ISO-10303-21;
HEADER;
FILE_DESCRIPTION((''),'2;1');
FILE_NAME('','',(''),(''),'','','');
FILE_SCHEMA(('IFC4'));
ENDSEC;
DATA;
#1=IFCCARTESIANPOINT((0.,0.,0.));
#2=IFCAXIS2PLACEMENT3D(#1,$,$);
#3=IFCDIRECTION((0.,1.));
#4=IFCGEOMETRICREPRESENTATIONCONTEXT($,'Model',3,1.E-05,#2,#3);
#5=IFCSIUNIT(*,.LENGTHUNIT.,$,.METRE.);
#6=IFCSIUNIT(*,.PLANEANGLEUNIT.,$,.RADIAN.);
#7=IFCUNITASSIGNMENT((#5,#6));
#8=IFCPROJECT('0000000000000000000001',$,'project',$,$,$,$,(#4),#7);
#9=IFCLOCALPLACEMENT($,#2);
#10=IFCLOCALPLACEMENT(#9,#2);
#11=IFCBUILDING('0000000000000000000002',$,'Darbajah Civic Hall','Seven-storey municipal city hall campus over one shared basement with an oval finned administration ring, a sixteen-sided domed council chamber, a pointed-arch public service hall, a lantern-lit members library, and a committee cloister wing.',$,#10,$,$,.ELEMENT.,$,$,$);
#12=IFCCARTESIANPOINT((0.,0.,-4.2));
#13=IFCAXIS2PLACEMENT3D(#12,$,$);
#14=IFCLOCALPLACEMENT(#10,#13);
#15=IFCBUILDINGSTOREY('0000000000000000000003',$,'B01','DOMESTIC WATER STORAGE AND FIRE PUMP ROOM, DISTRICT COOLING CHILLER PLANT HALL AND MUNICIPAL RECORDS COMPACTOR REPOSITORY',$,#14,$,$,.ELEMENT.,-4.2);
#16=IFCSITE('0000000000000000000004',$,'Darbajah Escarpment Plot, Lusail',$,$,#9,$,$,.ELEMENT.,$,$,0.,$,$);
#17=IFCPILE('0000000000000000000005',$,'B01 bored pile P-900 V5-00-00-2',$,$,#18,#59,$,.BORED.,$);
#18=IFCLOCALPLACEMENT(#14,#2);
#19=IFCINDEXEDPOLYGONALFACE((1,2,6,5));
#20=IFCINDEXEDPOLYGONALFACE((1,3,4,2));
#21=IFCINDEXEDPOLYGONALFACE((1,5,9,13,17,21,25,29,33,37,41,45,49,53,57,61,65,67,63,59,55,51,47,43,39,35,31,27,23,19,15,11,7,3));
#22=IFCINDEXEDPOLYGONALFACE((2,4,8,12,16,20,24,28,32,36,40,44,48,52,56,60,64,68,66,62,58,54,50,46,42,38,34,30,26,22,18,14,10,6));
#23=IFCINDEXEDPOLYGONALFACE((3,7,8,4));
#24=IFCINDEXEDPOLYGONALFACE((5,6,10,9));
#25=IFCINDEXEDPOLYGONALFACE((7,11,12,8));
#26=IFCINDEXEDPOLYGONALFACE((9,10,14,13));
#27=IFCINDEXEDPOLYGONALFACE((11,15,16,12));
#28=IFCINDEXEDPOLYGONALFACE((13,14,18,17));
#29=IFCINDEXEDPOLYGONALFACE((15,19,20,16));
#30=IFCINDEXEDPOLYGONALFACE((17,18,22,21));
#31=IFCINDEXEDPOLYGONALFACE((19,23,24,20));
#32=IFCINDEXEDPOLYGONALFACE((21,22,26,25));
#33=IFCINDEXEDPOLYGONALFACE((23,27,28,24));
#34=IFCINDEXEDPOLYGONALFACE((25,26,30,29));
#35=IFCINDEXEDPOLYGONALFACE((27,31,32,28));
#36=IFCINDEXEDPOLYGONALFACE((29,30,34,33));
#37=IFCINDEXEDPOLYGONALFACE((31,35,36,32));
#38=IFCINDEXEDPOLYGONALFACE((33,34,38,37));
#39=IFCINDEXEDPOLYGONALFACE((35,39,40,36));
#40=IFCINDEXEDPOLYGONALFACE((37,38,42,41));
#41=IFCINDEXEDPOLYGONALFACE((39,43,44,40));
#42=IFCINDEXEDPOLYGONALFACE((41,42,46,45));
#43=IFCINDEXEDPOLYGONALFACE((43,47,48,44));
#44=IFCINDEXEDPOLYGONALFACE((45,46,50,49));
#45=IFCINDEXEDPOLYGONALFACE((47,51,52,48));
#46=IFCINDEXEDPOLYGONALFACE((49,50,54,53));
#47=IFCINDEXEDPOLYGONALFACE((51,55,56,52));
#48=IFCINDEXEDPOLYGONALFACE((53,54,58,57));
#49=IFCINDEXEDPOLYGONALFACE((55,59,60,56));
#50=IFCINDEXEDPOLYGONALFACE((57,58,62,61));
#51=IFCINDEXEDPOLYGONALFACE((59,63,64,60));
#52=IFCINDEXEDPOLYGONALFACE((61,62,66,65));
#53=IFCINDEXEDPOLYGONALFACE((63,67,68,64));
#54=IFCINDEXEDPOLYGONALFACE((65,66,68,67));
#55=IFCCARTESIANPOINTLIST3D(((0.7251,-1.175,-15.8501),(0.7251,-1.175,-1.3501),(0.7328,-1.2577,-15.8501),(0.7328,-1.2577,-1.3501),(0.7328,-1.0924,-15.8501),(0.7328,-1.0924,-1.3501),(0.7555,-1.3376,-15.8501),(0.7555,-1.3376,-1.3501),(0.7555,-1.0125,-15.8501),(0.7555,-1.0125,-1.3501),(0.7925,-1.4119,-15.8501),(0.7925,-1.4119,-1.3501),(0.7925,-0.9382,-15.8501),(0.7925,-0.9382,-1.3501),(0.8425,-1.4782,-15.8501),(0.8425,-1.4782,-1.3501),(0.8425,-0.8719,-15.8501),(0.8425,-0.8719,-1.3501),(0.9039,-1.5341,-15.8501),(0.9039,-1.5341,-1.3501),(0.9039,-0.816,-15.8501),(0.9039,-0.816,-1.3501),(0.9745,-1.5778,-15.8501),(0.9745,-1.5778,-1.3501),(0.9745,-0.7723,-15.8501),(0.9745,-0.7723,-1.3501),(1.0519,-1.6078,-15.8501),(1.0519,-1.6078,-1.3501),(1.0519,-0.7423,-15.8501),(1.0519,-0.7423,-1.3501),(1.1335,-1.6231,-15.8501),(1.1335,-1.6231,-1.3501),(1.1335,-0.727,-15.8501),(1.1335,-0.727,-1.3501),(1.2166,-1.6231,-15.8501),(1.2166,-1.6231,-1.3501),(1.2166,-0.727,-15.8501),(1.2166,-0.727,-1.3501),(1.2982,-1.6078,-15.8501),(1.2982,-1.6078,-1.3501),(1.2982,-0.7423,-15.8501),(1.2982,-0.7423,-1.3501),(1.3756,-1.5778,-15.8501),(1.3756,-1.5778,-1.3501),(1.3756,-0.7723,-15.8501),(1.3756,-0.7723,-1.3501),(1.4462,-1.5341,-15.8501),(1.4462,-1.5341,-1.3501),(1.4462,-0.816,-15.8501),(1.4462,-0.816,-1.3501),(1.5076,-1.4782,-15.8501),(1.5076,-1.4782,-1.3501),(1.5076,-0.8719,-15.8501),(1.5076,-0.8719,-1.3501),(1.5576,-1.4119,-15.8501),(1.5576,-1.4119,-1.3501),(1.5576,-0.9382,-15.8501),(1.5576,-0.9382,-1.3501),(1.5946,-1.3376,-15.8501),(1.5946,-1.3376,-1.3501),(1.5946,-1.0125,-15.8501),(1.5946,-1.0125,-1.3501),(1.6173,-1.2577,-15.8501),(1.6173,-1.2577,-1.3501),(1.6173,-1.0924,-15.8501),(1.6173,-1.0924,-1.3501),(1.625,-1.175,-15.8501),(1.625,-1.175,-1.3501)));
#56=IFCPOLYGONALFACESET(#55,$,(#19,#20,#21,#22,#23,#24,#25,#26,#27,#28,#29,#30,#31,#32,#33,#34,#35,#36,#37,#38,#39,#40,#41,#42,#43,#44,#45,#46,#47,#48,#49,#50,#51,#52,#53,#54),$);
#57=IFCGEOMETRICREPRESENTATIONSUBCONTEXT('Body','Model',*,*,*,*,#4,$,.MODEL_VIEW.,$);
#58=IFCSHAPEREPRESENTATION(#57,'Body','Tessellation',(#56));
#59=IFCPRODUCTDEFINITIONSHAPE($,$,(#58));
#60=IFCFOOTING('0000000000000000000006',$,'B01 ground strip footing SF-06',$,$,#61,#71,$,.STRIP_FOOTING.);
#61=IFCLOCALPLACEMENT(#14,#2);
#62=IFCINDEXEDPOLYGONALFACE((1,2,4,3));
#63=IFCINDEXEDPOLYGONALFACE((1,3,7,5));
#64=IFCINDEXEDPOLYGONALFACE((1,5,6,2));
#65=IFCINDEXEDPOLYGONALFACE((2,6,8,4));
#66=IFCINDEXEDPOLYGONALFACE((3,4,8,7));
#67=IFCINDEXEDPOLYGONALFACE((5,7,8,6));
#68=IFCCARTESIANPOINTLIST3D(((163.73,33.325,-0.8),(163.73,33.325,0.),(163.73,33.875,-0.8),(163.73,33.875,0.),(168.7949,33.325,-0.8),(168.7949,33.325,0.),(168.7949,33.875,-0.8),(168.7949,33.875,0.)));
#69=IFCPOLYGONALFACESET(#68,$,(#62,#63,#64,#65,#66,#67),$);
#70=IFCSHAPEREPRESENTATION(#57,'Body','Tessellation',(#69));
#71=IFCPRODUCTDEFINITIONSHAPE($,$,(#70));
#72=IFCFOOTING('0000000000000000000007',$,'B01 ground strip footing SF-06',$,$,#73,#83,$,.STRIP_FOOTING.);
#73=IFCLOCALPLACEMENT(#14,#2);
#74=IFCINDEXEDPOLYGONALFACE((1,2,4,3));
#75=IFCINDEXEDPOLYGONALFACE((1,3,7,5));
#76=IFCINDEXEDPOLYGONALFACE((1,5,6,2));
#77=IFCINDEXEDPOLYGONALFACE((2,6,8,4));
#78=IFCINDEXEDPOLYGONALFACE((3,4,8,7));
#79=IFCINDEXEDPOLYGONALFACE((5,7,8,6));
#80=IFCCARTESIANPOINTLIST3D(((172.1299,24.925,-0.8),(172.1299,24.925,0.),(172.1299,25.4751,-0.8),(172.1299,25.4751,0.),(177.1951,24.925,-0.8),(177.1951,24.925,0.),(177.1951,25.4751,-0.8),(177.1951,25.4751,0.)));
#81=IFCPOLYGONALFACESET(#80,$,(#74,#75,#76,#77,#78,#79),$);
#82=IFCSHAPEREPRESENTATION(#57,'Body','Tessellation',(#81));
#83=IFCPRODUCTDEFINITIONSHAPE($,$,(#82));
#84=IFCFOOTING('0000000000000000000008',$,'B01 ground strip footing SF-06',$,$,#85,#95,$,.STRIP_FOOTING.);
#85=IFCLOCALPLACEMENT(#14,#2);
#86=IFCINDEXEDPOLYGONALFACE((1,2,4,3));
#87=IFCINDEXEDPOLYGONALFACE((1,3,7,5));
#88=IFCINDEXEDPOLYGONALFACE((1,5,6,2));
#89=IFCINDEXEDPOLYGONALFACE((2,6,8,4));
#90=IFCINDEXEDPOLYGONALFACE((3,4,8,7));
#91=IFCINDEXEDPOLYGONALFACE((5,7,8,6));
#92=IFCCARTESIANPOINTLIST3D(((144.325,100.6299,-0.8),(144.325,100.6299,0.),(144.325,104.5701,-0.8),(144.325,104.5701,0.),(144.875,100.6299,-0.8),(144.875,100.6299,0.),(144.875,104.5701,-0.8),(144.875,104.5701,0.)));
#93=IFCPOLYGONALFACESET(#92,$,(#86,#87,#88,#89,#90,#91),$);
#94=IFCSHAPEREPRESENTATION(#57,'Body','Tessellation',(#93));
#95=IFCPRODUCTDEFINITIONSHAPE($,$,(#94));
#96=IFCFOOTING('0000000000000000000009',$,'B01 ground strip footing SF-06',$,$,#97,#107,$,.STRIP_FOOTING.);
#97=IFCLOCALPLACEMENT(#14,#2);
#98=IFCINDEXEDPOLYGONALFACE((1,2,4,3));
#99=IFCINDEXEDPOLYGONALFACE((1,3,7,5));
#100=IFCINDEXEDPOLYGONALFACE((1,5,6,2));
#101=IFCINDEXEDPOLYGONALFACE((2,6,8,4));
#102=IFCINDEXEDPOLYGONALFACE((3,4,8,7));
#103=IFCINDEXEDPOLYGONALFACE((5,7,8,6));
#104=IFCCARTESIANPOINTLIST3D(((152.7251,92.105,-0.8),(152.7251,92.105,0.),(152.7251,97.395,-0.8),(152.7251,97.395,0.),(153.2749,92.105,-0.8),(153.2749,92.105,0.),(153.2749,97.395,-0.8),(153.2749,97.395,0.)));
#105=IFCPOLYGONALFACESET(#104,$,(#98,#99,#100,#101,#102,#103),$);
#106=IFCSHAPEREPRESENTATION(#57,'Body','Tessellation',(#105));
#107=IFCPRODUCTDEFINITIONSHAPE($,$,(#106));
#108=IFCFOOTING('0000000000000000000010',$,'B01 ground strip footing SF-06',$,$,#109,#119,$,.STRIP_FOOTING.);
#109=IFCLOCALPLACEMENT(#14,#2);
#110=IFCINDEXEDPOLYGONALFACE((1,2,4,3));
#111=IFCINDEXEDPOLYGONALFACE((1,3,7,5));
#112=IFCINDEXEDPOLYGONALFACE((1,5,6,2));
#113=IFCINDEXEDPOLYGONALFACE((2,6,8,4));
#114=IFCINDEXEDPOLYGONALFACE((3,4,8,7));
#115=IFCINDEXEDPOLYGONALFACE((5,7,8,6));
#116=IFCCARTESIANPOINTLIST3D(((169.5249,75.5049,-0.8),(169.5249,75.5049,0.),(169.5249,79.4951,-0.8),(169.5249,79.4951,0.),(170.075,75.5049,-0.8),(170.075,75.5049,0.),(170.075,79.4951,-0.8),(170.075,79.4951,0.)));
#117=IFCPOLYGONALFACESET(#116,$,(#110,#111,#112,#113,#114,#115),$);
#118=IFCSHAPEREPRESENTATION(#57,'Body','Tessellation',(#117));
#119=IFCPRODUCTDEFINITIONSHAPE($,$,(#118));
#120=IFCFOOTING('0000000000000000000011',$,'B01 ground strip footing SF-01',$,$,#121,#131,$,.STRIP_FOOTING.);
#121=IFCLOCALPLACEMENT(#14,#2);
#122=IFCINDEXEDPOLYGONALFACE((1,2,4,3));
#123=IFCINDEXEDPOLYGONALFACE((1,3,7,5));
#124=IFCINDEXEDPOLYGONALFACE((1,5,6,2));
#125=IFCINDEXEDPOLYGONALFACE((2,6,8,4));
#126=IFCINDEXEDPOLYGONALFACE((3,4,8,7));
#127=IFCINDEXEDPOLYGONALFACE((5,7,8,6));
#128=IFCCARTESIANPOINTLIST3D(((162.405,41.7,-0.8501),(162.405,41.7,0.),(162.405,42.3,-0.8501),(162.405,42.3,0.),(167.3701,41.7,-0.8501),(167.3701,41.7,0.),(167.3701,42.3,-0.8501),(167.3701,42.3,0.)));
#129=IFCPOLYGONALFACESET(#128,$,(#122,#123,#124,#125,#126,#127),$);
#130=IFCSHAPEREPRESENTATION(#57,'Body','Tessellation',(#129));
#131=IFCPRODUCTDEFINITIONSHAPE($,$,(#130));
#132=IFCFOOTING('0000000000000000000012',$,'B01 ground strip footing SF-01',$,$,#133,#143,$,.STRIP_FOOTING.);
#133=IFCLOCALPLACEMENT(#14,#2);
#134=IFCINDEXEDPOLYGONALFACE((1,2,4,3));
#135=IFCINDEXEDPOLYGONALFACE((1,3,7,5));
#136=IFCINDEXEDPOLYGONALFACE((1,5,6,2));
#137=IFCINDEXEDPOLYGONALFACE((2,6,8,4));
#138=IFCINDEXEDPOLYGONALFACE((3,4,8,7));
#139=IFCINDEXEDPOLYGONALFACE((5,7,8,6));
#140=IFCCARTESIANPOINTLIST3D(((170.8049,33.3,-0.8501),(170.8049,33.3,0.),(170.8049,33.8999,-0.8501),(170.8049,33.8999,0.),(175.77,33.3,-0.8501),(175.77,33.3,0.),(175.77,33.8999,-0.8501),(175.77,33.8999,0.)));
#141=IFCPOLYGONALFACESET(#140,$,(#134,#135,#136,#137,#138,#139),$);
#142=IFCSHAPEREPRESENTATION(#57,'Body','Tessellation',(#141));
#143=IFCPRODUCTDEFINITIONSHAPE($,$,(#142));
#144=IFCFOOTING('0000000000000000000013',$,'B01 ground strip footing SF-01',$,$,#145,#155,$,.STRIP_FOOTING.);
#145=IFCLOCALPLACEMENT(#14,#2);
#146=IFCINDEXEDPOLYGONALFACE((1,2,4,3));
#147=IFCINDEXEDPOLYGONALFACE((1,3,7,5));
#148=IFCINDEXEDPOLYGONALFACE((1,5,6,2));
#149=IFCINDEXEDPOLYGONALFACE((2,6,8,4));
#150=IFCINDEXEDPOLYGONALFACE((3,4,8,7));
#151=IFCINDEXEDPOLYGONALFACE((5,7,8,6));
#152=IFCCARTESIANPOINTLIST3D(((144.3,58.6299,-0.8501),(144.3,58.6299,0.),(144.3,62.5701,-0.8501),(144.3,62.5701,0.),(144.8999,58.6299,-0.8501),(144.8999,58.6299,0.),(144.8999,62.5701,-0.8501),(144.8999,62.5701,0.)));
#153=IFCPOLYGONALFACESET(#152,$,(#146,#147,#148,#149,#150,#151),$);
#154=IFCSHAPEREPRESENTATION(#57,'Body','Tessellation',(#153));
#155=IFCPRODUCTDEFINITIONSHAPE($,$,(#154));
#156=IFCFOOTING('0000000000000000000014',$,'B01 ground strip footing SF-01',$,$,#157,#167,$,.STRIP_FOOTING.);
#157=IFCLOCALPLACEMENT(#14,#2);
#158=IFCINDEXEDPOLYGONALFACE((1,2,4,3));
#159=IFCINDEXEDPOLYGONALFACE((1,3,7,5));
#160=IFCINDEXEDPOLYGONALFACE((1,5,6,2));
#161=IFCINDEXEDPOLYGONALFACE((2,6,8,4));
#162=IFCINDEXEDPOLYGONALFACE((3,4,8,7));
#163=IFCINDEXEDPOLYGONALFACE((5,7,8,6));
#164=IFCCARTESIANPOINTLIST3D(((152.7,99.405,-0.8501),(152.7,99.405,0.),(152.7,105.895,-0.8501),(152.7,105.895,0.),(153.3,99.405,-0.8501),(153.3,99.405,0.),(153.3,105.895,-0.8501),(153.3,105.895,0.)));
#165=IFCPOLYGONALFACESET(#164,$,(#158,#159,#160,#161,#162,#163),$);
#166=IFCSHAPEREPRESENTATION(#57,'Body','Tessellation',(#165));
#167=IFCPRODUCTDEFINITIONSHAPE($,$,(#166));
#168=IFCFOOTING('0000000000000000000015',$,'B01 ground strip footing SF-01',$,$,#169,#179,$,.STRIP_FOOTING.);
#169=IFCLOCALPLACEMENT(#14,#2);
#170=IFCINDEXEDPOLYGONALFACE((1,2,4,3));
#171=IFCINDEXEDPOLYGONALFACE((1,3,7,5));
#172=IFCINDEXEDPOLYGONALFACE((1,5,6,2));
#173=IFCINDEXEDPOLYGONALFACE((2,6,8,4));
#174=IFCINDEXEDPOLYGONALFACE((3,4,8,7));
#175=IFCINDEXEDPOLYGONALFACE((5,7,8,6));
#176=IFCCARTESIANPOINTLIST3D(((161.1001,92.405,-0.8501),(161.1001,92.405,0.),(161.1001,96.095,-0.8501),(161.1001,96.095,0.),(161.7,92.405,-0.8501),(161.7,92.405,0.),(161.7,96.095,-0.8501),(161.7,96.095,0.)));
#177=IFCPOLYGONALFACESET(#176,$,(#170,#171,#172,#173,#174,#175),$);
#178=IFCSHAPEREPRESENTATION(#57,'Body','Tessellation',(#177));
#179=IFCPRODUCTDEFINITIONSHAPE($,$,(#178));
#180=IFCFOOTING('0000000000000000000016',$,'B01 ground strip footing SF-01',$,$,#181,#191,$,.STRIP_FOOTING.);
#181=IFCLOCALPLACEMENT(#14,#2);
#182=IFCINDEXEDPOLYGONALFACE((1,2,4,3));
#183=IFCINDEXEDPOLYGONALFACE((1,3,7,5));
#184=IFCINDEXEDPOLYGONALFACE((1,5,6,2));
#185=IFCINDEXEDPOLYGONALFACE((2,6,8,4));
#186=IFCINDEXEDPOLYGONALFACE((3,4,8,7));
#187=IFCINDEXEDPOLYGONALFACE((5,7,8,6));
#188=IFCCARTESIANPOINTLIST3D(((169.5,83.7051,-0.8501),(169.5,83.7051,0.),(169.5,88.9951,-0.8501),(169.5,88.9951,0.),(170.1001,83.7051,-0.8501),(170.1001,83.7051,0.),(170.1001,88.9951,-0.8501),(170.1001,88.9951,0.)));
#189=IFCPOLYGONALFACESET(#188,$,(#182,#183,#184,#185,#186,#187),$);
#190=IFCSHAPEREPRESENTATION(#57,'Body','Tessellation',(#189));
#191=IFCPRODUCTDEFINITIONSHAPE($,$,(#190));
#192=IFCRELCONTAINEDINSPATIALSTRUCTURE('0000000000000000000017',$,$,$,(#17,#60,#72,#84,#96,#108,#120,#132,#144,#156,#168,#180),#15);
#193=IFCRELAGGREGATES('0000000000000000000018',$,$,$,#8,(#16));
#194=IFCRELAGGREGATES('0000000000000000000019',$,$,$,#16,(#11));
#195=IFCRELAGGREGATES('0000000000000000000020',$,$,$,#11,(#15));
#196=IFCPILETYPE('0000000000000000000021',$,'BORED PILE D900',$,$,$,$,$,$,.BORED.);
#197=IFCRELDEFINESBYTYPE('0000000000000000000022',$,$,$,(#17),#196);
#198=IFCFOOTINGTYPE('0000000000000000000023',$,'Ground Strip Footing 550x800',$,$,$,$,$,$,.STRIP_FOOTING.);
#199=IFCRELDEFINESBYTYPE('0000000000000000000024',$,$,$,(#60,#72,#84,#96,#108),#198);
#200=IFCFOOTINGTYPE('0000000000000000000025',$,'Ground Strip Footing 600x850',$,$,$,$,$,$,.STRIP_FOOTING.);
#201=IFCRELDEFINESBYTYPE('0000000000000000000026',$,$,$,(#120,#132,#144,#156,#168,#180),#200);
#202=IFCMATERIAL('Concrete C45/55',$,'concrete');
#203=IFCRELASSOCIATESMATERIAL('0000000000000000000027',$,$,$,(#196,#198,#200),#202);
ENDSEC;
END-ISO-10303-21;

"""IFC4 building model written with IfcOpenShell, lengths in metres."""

from ifc_helpers import new_model, si_unit, direction, frame, origin, origin_2d, place, context, subcontext, project, spatial, polyline, circle, outline, extrude, material, material_profile, profile_set, type_object, element, save


model = new_model("IFC4")

# Units and contexts
model_context = context("Model", 3, precision=1e-05, world=origin(), true_north=direction((0.0, 1.0)))
body_context = subcontext(model_context, "Body", "Model", "MODEL_VIEW")
ifc_project = project(units=[si_unit("LENGTHUNIT", "METRE"), si_unit("PLANEANGLEUNIT", "RADIAN")], contexts=[model_context])

# Site, building, storey
site_placement = place(None, origin())
site = spatial("IfcSite", under=ifc_project, at=site_placement, Name="Darbajah Escarpment Plot, Lusail", CompositionType="ELEMENT", RefElevation=0.0)
building_placement = place(site_placement, origin())
building = spatial("IfcBuilding", under=site, at=building_placement, Name="Darbajah Civic Hall", Description="Seven-storey municipal city hall campus over one shared basement with an oval finned administration ring, a sixteen-sided domed council chamber, a pointed-arch public service hall, a lantern-lit members library, and a committee cloister wing.", CompositionType="ELEMENT")
storey_placement = place(building_placement, frame((0.0, 0.0, -4.2)))
storey = spatial("IfcBuildingStorey", under=building, at=storey_placement, Name="B01", Description="DOMESTIC WATER STORAGE AND FIRE PUMP ROOM, DISTRICT COOLING CHILLER PLANT HALL AND MUNICIPAL RECORDS COMPACTOR REPOSITORY", CompositionType="ELEMENT", Elevation=-4.2)

# Pile
ifc_material = material(Name="Concrete C45/55", Category="concrete")
ifc_material_profile = material_profile(ifc_material, circle(Radius=0.45, at=origin_2d()), Name="BORED PILE D900")
ifc_profile_set = profile_set([ifc_material_profile], Name="Concrete C45/55")
pile_type = type_object("IfcPileType", Name="BORED PILE D900", PredefinedType="BORED", material=ifc_profile_set)
pile_placement = place(storey_placement, frame((1.175, -1.175, -1.3501), z_axis=(0.0, 0.0, -1.0), x_axis=(1.0, 0.0, 0.0)))
element("IfcPile", 1, at=pile_placement, inside=storey, type_object=pile_type, Name="B01 bored pile P-900 V5-00-00-2", PredefinedType="BORED", context=body_context, shape_type="SweptSolid", body=[
    extrude(circle(Radius=0.45, at=origin_2d()), origin(), (0.0, 0.0, 1.0), 14.5),
])

# Footings
footing_type_1 = type_object("IfcFootingType", Name="Ground Strip Footing 550x800", PredefinedType="STRIP_FOOTING", material=ifc_material)
footing_1_placement = place(storey_placement, frame((0.0, 0.0, -0.8)))
element("IfcFooting", 2, at=footing_1_placement, inside=storey, type_object=footing_type_1, Name="B01 ground strip footing SF-06", PredefinedType="STRIP_FOOTING", context=body_context, shape_type="SweptSolid", body=[
    extrude(outline(polyline([(163.73, 33.325), (168.7949, 33.325), (168.7949, 33.875), (163.73, 33.875), (163.73, 33.325)])), origin(), (0.0, 0.0, 1.0), 0.8),
])
footing_2_placement = place(storey_placement, frame((0.0, 0.0, -0.8)))
element("IfcFooting", 3, at=footing_2_placement, inside=storey, type_object=footing_type_1, Name="B01 ground strip footing SF-06", PredefinedType="STRIP_FOOTING", context=body_context, shape_type="SweptSolid", body=[
    extrude(outline(polyline([(172.1299, 24.925), (177.1951, 24.925), (177.1951, 25.4751), (172.1299, 25.4751), (172.1299, 24.925)])), origin(), (0.0, 0.0, 1.0), 0.8),
])
footing_3_placement = place(storey_placement, frame((0.0, 0.0, -0.8)))
element("IfcFooting", 4, at=footing_3_placement, inside=storey, type_object=footing_type_1, Name="B01 ground strip footing SF-06", PredefinedType="STRIP_FOOTING", context=body_context, shape_type="SweptSolid", body=[
    extrude(outline(polyline([(144.875, 100.6299), (144.875, 104.5701), (144.325, 104.5701), (144.325, 100.6299), (144.875, 100.6299)])), origin(), (0.0, 0.0, 1.0), 0.8),
])
footing_4_placement = place(storey_placement, frame((0.0, 0.0, -0.8)))
element("IfcFooting", 5, at=footing_4_placement, inside=storey, type_object=footing_type_1, Name="B01 ground strip footing SF-06", PredefinedType="STRIP_FOOTING", context=body_context, shape_type="SweptSolid", body=[
    extrude(outline(polyline([(153.2749, 92.105), (153.2749, 97.395), (152.7251, 97.395), (152.7251, 92.105), (153.2749, 92.105)])), origin(), (0.0, 0.0, 1.0), 0.8),
])
footing_5_placement = place(storey_placement, frame((0.0, 0.0, -0.8)))
element("IfcFooting", 6, at=footing_5_placement, inside=storey, type_object=footing_type_1, Name="B01 ground strip footing SF-06", PredefinedType="STRIP_FOOTING", context=body_context, shape_type="SweptSolid", body=[
    extrude(outline(polyline([(170.075, 75.5049), (170.075, 79.4951), (169.5249, 79.4951), (169.5249, 75.5049), (170.075, 75.5049)])), origin(), (0.0, 0.0, 1.0), 0.8),
])
footing_type_2 = type_object("IfcFootingType", Name="Ground Strip Footing 600x850", PredefinedType="STRIP_FOOTING", material=ifc_material)
footing_6_placement = place(storey_placement, frame((0.0, 0.0, -0.8501)))
element("IfcFooting", 7, at=footing_6_placement, inside=storey, type_object=footing_type_2, Name="B01 ground strip footing SF-01", PredefinedType="STRIP_FOOTING", context=body_context, shape_type="SweptSolid", body=[
    extrude(outline(polyline([(162.405, 41.7), (167.3701, 41.7), (167.3701, 42.3), (162.405, 42.3), (162.405, 41.7)])), origin(), (0.0, 0.0, 1.0), 0.8501),
])
footing_7_placement = place(storey_placement, frame((0.0, 0.0, -0.8501)))
element("IfcFooting", 8, at=footing_7_placement, inside=storey, type_object=footing_type_2, Name="B01 ground strip footing SF-01", PredefinedType="STRIP_FOOTING", context=body_context, shape_type="SweptSolid", body=[
    extrude(outline(polyline([(170.8049, 33.3), (175.77, 33.3), (175.77, 33.8999), (170.8049, 33.8999), (170.8049, 33.3)])), origin(), (0.0, 0.0, 1.0), 0.8501),
])
footing_8_placement = place(storey_placement, frame((0.0, 0.0, -0.8501)))
element("IfcFooting", 9, at=footing_8_placement, inside=storey, type_object=footing_type_2, Name="B01 ground strip footing SF-01", PredefinedType="STRIP_FOOTING", context=body_context, shape_type="SweptSolid", body=[
    extrude(outline(polyline([(144.8999, 58.6299), (144.8999, 62.5701), (144.3, 62.5701), (144.3, 58.6299), (144.8999, 58.6299)])), origin(), (0.0, 0.0, 1.0), 0.8501),
])
footing_9_placement = place(storey_placement, frame((0.0, 0.0, -0.8501)))
element("IfcFooting", 10, at=footing_9_placement, inside=storey, type_object=footing_type_2, Name="B01 ground strip footing SF-01", PredefinedType="STRIP_FOOTING", context=body_context, shape_type="SweptSolid", body=[
    extrude(outline(polyline([(153.3, 99.405), (153.3, 105.895), (152.7, 105.895), (152.7, 99.405), (153.3, 99.405)])), origin(), (0.0, 0.0, 1.0), 0.8501),
])
footing_10_placement = place(storey_placement, frame((0.0, 0.0, -0.8501)))
element("IfcFooting", 11, at=footing_10_placement, inside=storey, type_object=footing_type_2, Name="B01 ground strip footing SF-01", PredefinedType="STRIP_FOOTING", context=body_context, shape_type="SweptSolid", body=[
    extrude(outline(polyline([(161.7, 92.405), (161.7, 96.095), (161.1001, 96.095), (161.1001, 92.405), (161.7, 92.405)])), origin(), (0.0, 0.0, 1.0), 0.8501),
])
footing_11_placement = place(storey_placement, frame((0.0, 0.0, -0.8501)))
element("IfcFooting", 12, at=footing_11_placement, inside=storey, type_object=footing_type_2, Name="B01 ground strip footing SF-01", PredefinedType="STRIP_FOOTING", context=body_context, shape_type="SweptSolid", body=[
    extrude(outline(polyline([(170.1001, 83.7051), (170.1001, 88.9951), (169.5, 88.9951), (169.5, 83.7051), (170.1001, 83.7051)])), origin(), (0.0, 0.0, 1.0), 0.8501),
])

save(model, "model.ifc")
